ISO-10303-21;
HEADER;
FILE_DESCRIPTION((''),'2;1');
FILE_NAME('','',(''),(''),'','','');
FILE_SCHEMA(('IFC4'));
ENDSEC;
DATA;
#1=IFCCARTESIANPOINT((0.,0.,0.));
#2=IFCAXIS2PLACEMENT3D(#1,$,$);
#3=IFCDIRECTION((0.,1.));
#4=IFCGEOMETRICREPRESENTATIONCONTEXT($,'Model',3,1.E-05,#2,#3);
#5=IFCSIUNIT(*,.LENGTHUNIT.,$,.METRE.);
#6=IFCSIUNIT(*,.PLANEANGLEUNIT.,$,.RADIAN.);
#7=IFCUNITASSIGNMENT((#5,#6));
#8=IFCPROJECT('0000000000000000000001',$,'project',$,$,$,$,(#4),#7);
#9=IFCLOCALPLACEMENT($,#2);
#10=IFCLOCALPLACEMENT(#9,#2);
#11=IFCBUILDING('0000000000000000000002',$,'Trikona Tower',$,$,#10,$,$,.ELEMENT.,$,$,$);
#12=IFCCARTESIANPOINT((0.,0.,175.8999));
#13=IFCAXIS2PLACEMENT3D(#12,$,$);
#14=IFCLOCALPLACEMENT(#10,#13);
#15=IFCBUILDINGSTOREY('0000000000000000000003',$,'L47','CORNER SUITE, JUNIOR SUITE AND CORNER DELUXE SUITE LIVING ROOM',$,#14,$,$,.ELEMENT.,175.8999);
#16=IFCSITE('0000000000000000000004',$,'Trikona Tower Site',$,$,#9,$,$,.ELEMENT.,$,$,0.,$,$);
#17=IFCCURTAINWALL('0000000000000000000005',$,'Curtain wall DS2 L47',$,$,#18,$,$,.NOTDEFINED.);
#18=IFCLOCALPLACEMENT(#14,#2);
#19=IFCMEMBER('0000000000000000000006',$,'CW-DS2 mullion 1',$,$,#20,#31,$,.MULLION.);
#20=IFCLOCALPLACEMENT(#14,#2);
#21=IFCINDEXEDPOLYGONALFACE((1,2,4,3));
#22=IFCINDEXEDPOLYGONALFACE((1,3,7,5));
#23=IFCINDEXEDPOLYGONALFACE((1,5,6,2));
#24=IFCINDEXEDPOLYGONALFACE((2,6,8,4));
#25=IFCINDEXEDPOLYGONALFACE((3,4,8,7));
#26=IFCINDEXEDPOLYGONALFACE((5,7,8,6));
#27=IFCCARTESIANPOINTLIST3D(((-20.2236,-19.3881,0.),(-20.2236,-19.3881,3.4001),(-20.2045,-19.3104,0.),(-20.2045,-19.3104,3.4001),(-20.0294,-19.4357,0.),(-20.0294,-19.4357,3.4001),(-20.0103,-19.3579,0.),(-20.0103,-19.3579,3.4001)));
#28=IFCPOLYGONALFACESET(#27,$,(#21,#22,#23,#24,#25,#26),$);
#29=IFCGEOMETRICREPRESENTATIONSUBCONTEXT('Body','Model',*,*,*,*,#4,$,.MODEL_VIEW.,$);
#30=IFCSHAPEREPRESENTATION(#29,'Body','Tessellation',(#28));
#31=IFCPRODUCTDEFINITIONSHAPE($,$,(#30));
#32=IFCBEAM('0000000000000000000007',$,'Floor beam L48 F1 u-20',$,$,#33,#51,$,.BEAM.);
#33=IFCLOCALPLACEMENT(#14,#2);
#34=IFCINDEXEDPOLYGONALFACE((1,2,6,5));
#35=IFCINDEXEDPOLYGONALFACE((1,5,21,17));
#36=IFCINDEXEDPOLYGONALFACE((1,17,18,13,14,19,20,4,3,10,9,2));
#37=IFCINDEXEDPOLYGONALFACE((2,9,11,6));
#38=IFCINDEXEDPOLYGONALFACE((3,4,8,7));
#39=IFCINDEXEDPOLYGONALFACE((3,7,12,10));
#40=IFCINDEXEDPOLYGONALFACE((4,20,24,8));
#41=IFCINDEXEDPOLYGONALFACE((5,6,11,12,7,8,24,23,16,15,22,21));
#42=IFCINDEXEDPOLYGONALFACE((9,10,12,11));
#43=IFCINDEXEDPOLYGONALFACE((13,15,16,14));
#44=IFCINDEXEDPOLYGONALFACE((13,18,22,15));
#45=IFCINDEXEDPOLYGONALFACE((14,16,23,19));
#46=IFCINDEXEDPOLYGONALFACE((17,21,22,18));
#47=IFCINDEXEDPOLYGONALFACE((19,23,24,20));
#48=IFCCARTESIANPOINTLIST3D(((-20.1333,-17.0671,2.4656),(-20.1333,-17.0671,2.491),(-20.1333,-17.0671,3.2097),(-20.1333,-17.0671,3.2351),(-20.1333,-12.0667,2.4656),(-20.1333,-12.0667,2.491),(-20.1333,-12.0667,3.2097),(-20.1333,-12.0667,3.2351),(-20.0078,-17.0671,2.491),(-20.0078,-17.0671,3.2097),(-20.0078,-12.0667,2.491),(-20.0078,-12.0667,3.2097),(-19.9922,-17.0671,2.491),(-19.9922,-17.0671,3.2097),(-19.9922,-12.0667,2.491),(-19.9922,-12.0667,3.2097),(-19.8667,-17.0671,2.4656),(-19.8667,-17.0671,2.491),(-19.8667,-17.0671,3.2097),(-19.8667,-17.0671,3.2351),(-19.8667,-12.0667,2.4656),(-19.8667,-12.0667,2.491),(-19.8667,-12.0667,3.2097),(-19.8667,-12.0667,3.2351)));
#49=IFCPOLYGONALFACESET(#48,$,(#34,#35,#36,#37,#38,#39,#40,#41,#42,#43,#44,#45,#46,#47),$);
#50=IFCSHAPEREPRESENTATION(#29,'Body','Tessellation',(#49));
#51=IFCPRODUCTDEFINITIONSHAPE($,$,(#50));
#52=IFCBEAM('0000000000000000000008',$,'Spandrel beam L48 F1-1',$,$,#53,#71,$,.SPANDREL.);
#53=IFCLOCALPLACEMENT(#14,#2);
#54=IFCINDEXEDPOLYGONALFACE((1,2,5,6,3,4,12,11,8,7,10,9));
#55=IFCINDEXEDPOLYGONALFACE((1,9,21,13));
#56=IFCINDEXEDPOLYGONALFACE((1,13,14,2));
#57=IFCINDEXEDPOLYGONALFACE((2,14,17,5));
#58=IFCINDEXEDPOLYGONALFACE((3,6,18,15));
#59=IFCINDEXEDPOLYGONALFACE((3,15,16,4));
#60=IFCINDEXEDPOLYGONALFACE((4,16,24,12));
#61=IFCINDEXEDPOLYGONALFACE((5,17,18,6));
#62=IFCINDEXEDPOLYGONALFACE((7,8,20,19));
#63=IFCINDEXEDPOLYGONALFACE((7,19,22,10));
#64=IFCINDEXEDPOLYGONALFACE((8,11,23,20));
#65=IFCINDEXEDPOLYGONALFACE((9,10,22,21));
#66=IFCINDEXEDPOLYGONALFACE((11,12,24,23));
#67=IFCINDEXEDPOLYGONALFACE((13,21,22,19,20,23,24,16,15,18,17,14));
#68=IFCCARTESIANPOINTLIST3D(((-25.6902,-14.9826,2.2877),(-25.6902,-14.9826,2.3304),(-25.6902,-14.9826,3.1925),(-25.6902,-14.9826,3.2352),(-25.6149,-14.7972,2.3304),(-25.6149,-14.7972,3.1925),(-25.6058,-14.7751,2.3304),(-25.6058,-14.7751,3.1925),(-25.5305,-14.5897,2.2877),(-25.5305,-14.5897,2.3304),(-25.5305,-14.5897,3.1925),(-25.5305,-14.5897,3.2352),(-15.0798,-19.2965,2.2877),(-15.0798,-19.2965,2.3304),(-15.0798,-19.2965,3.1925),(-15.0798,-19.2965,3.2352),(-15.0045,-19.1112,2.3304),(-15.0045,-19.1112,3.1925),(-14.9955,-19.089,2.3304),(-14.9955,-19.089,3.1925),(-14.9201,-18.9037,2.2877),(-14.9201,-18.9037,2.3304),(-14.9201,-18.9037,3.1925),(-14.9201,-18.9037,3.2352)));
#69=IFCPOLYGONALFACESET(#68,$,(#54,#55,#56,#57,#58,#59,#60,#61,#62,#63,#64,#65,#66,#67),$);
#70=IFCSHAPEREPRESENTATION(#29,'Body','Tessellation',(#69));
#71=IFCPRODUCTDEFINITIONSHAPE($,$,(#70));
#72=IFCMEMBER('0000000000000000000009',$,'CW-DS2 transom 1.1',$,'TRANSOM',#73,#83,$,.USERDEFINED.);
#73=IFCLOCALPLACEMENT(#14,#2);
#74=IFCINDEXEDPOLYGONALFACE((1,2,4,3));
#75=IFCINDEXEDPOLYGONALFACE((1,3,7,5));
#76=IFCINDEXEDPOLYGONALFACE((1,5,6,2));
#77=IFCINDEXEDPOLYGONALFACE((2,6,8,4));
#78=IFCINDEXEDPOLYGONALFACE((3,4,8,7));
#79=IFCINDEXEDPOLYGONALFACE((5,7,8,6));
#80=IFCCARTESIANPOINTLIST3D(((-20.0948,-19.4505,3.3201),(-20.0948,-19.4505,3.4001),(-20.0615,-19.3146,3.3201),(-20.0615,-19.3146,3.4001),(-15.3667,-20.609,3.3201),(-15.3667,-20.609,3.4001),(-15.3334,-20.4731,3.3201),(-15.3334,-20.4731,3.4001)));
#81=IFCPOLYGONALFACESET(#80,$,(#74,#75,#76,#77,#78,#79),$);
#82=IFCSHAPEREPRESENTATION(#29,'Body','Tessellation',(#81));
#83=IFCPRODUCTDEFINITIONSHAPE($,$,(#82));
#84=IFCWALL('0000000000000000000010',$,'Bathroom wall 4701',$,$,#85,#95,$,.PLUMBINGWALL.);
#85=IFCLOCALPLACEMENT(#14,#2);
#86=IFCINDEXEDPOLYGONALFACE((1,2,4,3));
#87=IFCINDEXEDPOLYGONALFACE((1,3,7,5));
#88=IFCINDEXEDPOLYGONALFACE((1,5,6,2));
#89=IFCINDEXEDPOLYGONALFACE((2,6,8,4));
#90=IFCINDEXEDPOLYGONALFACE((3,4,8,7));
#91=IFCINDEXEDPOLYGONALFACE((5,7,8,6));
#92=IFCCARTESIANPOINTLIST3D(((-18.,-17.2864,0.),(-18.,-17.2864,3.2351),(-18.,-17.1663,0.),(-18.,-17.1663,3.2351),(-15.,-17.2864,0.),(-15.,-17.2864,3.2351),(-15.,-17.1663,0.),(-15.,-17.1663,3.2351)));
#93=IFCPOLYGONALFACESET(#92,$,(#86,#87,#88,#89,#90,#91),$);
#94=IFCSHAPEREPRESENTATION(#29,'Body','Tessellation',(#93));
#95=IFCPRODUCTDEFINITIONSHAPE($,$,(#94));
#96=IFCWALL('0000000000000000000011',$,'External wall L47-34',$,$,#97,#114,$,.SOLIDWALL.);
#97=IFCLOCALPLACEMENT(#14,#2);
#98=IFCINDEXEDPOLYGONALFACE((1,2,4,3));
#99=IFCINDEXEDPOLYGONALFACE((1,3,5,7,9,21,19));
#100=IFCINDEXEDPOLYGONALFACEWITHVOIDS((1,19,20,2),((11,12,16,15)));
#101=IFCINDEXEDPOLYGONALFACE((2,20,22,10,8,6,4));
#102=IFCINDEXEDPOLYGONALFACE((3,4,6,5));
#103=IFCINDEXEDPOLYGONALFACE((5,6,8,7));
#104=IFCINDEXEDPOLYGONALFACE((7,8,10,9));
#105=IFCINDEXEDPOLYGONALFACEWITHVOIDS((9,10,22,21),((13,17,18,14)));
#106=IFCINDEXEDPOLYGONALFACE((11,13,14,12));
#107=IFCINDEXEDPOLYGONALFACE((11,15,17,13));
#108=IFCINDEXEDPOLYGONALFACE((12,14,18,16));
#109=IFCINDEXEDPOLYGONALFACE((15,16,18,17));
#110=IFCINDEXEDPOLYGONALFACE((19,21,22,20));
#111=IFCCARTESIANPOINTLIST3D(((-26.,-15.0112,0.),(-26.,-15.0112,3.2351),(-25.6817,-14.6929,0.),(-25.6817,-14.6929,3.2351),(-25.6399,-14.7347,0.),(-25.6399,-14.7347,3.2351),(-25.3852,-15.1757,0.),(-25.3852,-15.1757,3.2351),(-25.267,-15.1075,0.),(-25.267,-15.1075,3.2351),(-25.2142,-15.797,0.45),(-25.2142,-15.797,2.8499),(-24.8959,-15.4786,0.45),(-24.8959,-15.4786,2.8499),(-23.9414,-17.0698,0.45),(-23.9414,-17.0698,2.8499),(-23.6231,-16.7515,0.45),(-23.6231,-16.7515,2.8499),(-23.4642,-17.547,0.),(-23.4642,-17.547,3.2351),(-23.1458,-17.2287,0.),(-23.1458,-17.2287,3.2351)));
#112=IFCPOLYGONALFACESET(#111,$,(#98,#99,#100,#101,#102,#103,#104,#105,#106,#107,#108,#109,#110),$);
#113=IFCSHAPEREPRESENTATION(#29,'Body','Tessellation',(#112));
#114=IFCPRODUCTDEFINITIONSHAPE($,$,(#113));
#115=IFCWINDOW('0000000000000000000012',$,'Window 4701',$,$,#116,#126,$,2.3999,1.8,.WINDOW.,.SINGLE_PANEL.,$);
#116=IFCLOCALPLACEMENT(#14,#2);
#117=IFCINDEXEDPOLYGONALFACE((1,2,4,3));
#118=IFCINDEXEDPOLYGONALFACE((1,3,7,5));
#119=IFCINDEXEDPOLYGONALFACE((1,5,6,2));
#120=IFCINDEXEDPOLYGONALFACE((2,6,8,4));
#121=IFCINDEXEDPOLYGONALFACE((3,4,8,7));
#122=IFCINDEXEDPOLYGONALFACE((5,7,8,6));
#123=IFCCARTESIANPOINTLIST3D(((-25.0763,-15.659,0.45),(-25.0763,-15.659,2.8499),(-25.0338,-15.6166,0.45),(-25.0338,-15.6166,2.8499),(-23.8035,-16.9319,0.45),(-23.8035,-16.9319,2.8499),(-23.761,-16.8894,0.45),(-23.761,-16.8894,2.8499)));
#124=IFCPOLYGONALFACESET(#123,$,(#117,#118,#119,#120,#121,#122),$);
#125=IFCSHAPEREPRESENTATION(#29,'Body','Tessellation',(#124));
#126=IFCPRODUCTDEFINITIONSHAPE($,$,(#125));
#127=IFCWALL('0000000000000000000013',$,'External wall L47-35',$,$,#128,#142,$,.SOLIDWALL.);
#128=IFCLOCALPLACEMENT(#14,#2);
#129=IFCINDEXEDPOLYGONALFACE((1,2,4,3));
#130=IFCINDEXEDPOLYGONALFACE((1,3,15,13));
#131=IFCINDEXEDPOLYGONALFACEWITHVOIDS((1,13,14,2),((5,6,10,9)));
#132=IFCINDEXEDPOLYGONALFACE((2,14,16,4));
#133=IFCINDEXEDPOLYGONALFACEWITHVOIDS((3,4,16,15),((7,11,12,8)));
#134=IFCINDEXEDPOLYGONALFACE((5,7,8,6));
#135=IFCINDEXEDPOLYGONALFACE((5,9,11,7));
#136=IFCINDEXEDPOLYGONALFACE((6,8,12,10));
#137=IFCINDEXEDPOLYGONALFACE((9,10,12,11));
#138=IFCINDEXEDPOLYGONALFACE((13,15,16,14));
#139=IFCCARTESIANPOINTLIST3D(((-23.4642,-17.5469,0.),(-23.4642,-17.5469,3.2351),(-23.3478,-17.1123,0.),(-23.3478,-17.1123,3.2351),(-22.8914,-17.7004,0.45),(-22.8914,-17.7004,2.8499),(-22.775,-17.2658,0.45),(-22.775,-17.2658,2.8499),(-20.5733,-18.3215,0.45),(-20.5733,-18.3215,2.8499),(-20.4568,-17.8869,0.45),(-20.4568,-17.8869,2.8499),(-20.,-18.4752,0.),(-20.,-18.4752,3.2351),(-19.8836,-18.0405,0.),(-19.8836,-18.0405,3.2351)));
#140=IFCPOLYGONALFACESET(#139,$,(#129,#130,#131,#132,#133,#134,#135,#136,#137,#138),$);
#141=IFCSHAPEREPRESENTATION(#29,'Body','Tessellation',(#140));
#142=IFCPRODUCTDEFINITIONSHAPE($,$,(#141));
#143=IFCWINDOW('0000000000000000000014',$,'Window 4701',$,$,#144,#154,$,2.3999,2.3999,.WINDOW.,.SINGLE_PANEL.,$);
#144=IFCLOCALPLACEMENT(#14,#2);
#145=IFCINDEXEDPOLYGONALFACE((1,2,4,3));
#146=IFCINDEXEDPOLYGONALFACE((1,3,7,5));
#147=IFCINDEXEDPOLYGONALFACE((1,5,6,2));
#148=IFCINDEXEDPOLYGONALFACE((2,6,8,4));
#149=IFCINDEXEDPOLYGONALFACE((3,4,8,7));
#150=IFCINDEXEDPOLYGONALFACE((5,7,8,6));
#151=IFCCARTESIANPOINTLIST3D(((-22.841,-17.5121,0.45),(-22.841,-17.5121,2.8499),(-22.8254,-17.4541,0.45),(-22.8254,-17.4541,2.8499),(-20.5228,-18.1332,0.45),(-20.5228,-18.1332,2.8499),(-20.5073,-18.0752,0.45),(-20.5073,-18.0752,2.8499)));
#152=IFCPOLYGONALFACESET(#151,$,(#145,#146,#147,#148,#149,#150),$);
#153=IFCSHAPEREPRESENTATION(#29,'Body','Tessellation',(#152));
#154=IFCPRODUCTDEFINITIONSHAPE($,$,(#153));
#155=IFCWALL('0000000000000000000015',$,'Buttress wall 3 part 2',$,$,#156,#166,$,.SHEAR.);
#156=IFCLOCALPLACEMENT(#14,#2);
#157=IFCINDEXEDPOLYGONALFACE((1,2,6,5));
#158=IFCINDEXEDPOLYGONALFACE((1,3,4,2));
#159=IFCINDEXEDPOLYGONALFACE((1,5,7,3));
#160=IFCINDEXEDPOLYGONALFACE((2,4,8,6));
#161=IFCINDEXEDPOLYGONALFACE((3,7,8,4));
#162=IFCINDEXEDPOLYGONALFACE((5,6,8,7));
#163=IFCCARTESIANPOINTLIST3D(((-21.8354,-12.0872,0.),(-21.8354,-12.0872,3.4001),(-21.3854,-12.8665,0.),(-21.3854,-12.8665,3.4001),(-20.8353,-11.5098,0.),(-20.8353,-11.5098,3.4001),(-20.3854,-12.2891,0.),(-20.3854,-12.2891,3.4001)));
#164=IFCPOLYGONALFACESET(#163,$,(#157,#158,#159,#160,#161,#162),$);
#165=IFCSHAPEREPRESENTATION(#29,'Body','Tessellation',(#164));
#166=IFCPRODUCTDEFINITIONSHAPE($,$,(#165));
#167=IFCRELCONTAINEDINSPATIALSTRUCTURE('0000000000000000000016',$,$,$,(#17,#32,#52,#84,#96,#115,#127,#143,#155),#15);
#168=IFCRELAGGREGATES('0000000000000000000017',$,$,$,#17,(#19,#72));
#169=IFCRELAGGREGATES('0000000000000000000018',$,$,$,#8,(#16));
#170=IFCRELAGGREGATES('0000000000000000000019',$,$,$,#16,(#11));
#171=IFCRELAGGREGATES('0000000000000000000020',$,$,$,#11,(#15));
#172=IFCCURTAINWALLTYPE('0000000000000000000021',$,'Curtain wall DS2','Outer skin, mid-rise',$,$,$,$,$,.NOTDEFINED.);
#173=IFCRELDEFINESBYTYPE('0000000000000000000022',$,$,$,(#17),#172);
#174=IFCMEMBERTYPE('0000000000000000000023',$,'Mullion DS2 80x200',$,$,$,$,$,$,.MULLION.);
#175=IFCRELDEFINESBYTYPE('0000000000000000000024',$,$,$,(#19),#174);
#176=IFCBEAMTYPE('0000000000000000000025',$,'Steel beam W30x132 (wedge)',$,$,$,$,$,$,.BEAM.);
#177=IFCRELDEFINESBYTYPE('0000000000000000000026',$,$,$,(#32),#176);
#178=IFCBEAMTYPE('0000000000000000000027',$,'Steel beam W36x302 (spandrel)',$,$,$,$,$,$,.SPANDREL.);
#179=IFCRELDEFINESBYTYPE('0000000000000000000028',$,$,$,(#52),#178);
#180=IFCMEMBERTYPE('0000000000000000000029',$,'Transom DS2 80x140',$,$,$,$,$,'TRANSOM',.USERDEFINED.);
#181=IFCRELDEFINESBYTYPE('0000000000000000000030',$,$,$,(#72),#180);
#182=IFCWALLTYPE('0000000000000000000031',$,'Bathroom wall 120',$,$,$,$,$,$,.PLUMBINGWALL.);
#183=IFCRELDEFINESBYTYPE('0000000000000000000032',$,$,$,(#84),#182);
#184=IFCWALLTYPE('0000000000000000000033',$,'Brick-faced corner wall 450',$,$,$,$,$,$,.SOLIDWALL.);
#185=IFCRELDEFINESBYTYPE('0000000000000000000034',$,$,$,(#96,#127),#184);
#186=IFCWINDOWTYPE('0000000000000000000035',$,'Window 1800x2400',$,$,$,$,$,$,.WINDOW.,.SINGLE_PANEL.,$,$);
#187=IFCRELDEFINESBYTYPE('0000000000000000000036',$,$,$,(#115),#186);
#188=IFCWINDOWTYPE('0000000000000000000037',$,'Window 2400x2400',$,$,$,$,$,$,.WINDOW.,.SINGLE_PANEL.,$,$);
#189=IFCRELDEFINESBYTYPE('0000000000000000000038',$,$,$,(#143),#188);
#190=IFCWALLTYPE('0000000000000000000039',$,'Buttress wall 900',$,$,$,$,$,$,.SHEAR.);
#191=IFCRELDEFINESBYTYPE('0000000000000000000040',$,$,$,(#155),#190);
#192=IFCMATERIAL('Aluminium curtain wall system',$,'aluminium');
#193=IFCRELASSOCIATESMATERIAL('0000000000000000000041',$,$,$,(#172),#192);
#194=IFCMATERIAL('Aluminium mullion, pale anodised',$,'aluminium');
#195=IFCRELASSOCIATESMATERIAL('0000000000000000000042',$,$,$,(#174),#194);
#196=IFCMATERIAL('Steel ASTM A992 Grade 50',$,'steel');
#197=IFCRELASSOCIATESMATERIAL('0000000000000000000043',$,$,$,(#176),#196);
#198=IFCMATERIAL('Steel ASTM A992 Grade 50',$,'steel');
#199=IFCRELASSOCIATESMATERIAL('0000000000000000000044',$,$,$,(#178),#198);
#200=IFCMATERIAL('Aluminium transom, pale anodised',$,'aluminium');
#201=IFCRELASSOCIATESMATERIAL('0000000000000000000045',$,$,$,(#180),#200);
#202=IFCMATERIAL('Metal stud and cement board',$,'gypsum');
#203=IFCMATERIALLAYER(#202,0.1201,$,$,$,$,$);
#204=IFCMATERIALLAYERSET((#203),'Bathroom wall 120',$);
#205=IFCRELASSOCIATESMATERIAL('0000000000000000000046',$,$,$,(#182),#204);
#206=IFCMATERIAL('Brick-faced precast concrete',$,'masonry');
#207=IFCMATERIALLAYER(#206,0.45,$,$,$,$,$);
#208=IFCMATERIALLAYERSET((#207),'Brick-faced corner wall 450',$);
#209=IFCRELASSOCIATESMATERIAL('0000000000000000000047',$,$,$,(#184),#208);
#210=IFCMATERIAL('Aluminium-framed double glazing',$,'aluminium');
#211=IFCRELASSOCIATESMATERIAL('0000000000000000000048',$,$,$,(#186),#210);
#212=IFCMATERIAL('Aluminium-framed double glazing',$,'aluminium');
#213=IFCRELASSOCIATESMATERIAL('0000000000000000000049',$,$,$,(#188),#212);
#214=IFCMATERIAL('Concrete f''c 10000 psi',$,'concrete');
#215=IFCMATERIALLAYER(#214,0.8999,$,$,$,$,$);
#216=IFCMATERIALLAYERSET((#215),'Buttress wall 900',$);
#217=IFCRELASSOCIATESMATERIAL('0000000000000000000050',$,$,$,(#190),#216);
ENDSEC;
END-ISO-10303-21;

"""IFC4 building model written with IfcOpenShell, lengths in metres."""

from ifc_helpers import new_model, si_unit, direction, frame, frame_2d, origin, origin_2d, place, context, subcontext, project, spatial, polyline, rectangle, i_section, outline, extrude, material, layer, layer_set, material_profile, profile_set, type_object, element, fill, aggregate, save


model = new_model("IFC4")

# Units and contexts
model_context = context("Model", 3, precision=1e-05, world=origin(), true_north=direction((0.0, 1.0)))
body_context = subcontext(model_context, "Body", "Model", "MODEL_VIEW")
ifc_project = project(units=[si_unit("LENGTHUNIT", "METRE"), si_unit("PLANEANGLEUNIT", "RADIAN")], contexts=[model_context])

# Site, building, storey
site_placement = place(None, origin())
site = spatial("IfcSite", under=ifc_project, at=site_placement, Name="Trikona Tower Site", CompositionType="ELEMENT", RefElevation=0.0)
building_placement = place(site_placement, origin())
building = spatial("IfcBuilding", under=site, at=building_placement, Name="Trikona Tower", CompositionType="ELEMENT")
storey_placement = place(building_placement, frame((0.0, 0.0, 175.8999)))
storey = spatial("IfcBuildingStorey", under=building, at=storey_placement, Name="L47", Description="CORNER SUITE, JUNIOR SUITE AND CORNER DELUXE SUITE LIVING ROOM", CompositionType="ELEMENT", Elevation=175.8999)

# Curtain wall, member
ifc_material_1 = material(Name="Aluminium curtain wall system", Category="aluminium")
curtain_wall_type = type_object("IfcCurtainWallType", Name="Curtain wall DS2", Description="Outer skin, mid-rise", PredefinedType="NOTDEFINED", material=ifc_material_1)
curtain_wall_placement = place(storey_placement, origin())
curtain_wall = element("IfcCurtainWall", 1, at=curtain_wall_placement, inside=storey, type_object=curtain_wall_type, Name="Curtain wall DS2 L47", PredefinedType="NOTDEFINED")
ifc_material_2 = material(Name="Aluminium mullion, pale anodised", Category="aluminium")
ifc_material_profile_1 = material_profile(ifc_material_2, rectangle(XDim=0.0801, YDim=0.2, at=origin_2d()), Name="MUL-DS2")
ifc_profile_set_1 = profile_set([ifc_material_profile_1], Name="Aluminium mullion, pale anodised")
member_type_1 = type_object("IfcMemberType", Name="Mullion DS2 80x200", PredefinedType="MULLION", material=ifc_profile_set_1)
member_1_placement = place(storey_placement, frame((-20.1169, -19.373, 0.0), z_axis=(0.0, 0.0, 1.0), x_axis=(0.23797, 0.971272, 0.0)))
member_1 = element("IfcMember", 2, at=member_1_placement, type_object=member_type_1, Name="CW-DS2 mullion 1", PredefinedType="MULLION", context=body_context, shape_type="SweptSolid", body=[
    extrude(rectangle(XDim=0.0801, YDim=0.2, at=origin_2d()), origin(), (0.0, 0.0, 1.0), 3.4001),
])

# Beams
ifc_material_3 = material(Name="Steel ASTM A992 Grade 50", Category="steel")
ifc_material_profile_2 = material_profile(ifc_material_3, i_section(OverallWidth=0.2666, OverallDepth=0.7695, WebThickness=0.0156, FlangeThickness=0.0254, at=origin_2d()), Name="W30X132")
ifc_profile_set_2 = profile_set([ifc_material_profile_2], Name="Steel ASTM A992 Grade 50")
beam_type_1 = type_object("IfcBeamType", Name="Steel beam W30x132 (wedge)", PredefinedType="BEAM", material=ifc_profile_set_2)
beam_1_placement = place(storey_placement, frame((-20.0, -12.0667, 2.8503), z_axis=(0.0, -1.0, 0.0), x_axis=(1.0, 0.0, 0.0)))
element("IfcBeam", 3, at=beam_1_placement, inside=storey, type_object=beam_type_1, Name="Floor beam L48 F1 u-20", PredefinedType="BEAM", context=body_context, shape_type="SweptSolid", body=[
    extrude(i_section(OverallWidth=0.2666, OverallDepth=0.7695, WebThickness=0.0156, FlangeThickness=0.0254, at=origin_2d()), origin(), (0.0, 0.0, 1.0), 5.0005),
])
ifc_material_4 = material(Name="Steel ASTM A992 Grade 50", Category="steel")
ifc_material_profile_3 = material_profile(ifc_material_4, i_section(OverallWidth=0.4241, OverallDepth=0.9475, WebThickness=0.0239, FlangeThickness=0.0427, at=origin_2d()), Name="W36X302")
ifc_profile_set_3 = profile_set([ifc_material_profile_3], Name="Steel ASTM A992 Grade 50")
beam_type_2 = type_object("IfcBeamType", Name="Steel beam W36x302 (spandrel)", PredefinedType="SPANDREL", material=ifc_profile_set_3)
beam_2_placement = place(storey_placement, frame((-25.6104, -14.7861, 2.7615), z_axis=(0.92636, -0.37664, 0.0), x_axis=(0.37664, 0.92636, 0.0)))
element("IfcBeam", 4, at=beam_2_placement, inside=storey, type_object=beam_type_2, Name="Spandrel beam L48 F1-1", PredefinedType="SPANDREL", context=body_context, shape_type="SweptSolid", body=[
    extrude(i_section(OverallWidth=0.4241, OverallDepth=0.9475, WebThickness=0.0239, FlangeThickness=0.0427, at=origin_2d()), origin(), (0.0, 0.0, 1.0), 11.4539),
])

# Member
ifc_material_5 = material(Name="Aluminium transom, pale anodised", Category="aluminium")
ifc_material_profile_4 = material_profile(ifc_material_5, rectangle(XDim=0.1399, YDim=0.0801, at=origin_2d()), Name="TRN-DS2")
ifc_profile_set_4 = profile_set([ifc_material_profile_4], Name="Aluminium transom, pale anodised")
member_type_2 = type_object("IfcMemberType", Name="Transom DS2 80x140", ElementType="TRANSOM", PredefinedType="USERDEFINED", material=ifc_profile_set_4)
member_2_placement = place(storey_placement, frame((-20.0781, -19.3826, 3.3601), z_axis=(0.971271, -0.237978, 0.0), x_axis=(0.237978, 0.971271, 0.0)))
member_2 = element("IfcMember", 5, at=member_2_placement, type_object=member_type_2, Name="CW-DS2 transom 1.1", ObjectType="TRANSOM", PredefinedType="USERDEFINED", context=body_context, shape_type="SweptSolid", body=[
    extrude(rectangle(XDim=0.1399, YDim=0.0801, at=origin_2d()), origin(), (0.0, 0.0, 1.0), 4.8679),
])
aggregate(curtain_wall, [member_1, member_2])

# Wall
ifc_material_6 = material(Name="Metal stud and cement board", Category="gypsum")
ifc_layer_1 = layer(ifc_material_6, 0.1201)
ifc_layer_set_1 = layer_set([ifc_layer_1], Name="Bathroom wall 120")
wall_type_1 = type_object("IfcWallType", Name="Bathroom wall 120", PredefinedType="PLUMBINGWALL", material=ifc_layer_set_1)
wall_1_placement = place(storey_placement, frame((-18.0, -17.2263, 0.0), z_axis=(0.0, 0.0, 1.0), x_axis=(1.0, 0.0, 0.0)))
element("IfcWall", 6, at=wall_1_placement, inside=storey, type_object=wall_type_1, Name="Bathroom wall 4701", PredefinedType="PLUMBINGWALL", context=body_context, shape_type="SweptSolid", body=[
    extrude(rectangle(XDim=3.0, YDim=0.1201, at=frame_2d((1.5, 0.0))), origin(), (0.0, 0.0, 1.0), 3.2351),
])

# Walls, openings, windows
ifc_material_7 = material(Name="Brick-faced precast concrete", Category="masonry")
ifc_layer_2 = layer(ifc_material_7, 0.45)
ifc_layer_set_2 = layer_set([ifc_layer_2], Name="Brick-faced corner wall 450")
wall_type_2 = type_object("IfcWallType", Name="Brick-faced corner wall 450", PredefinedType="SOLIDWALL", material=ifc_layer_set_2)
wall_2_placement = place(storey_placement, frame((-25.8408, -14.8521, 0.0), z_axis=(0.0, 0.0, 1.0), x_axis=(0.707107, -0.707107, 0.0)))
wall_2 = element("IfcWall", 7, at=wall_2_placement, inside=storey, type_object=wall_type_2, Name="External wall L47-34", PredefinedType="SOLIDWALL", context=body_context, shape_type="SweptSolid", body=[
    extrude(outline(polyline([(3.5862, 0.2251), (0.5864, 0.2251), (0.551, 0.0933), (0.0591, 0.2251), (0.0, 0.2251), (0.0, -0.2251), (3.5862, -0.2251), (3.5862, 0.2251)])), origin(), (0.0, 0.0, 1.0), 3.2351),
])
opening_1_placement = place(wall_2_placement, frame((1.1113, 0.0, 0.45)))
opening_1 = element("IfcOpeningElement", 8, at=opening_1_placement, cuts=wall_2, PredefinedType="OPENING", context=body_context, shape_type="SweptSolid", body=[
    extrude(rectangle(XDim=1.8, YDim=2.3999, at=frame_2d((0.8999, 1.2))), frame((0.0, 0.2349, 0.0), z_axis=(0.0, -1.0, 0.0), x_axis=(1.0, 0.0, 0.0)), (0.0, 0.0, 1.0), 0.47),
])
ifc_material_8 = material(Name="Aluminium-framed double glazing", Category="aluminium")
window_type_1 = type_object("IfcWindowType", Name="Window 1800x2400", PartitioningType="SINGLE_PANEL", PredefinedType="WINDOW", material=ifc_material_8)
window_1_placement = place(opening_1_placement, origin())
window_1 = element("IfcWindow", 9, at=window_1_placement, inside=storey, type_object=window_type_1, Name="Window 4701", OverallHeight=2.3999, OverallWidth=1.8, PartitioningType="SINGLE_PANEL", PredefinedType="WINDOW", context=body_context, shape_type="SweptSolid", body=[
    extrude(rectangle(XDim=1.8, YDim=2.3999, at=frame_2d((0.8999, 1.2))), frame((0.0, 0.03, 0.0), z_axis=(0.0, -1.0, 0.0), x_axis=(1.0, 0.0, 0.0)), (0.0, 0.0, 1.0), 0.0601),
])
fill(opening_1, window_1)
wall_3_placement = place(storey_placement, frame((-23.406, -17.3296, 0.0), z_axis=(0.0, 0.0, 1.0), x_axis=(0.965925, -0.258823, 0.0)))
wall_3 = element("IfcWall", 10, at=wall_3_placement, inside=storey, type_object=wall_type_2, Name="External wall L47-35", PredefinedType="SOLIDWALL", context=body_context, shape_type="SweptSolid", body=[
    extrude(rectangle(XDim=3.5864, YDim=0.45, at=frame_2d((1.7932, 0.0))), origin(), (0.0, 0.0, 1.0), 3.2351),
])
opening_2_placement = place(wall_3_placement, frame((0.593, 0.0, 0.45)))
opening_2 = element("IfcOpeningElement", 11, at=opening_2_placement, cuts=wall_3, PredefinedType="OPENING", context=body_context, shape_type="SweptSolid", body=[
    extrude(rectangle(XDim=2.3999, YDim=2.3999, at=frame_2d((1.2, 1.2))), frame((0.0, 0.2349, 0.0), z_axis=(0.0, -1.0, 0.0), x_axis=(1.0, 0.0, 0.0)), (0.0, 0.0, 1.0), 0.47),
])
ifc_material_9 = material(Name="Aluminium-framed double glazing", Category="aluminium")
window_type_2 = type_object("IfcWindowType", Name="Window 2400x2400", PartitioningType="SINGLE_PANEL", PredefinedType="WINDOW", material=ifc_material_9)
window_2_placement = place(opening_2_placement, origin())
window_2 = element("IfcWindow", 12, at=window_2_placement, inside=storey, type_object=window_type_2, Name="Window 4701", OverallHeight=2.3999, OverallWidth=2.3999, PartitioningType="SINGLE_PANEL", PredefinedType="WINDOW", context=body_context, shape_type="SweptSolid", body=[
    extrude(rectangle(XDim=2.3999, YDim=2.3999, at=frame_2d((1.2, 1.2))), frame((0.0, 0.03, 0.0), z_axis=(0.0, -1.0, 0.0), x_axis=(1.0, 0.0, 0.0)), (0.0, 0.0, 1.0), 0.0601),
])
fill(opening_2, window_2)

# Wall
ifc_material_10 = material(Name="Concrete f'c 10000 psi", Category="concrete")
ifc_layer_3 = layer(ifc_material_10, 0.8999)
ifc_layer_set_3 = layer_set([ifc_layer_3], Name="Buttress wall 900")
wall_type_3 = type_object("IfcWallType", Name="Buttress wall 900", PredefinedType="SHEAR", material=ifc_layer_set_3)
wall_4_placement = place(storey_placement, frame((-20.6104, -11.8994, 0.0), z_axis=(0.0, 0.0, 1.0), x_axis=(-0.86601, -0.500027, 0.0)))
element("IfcWall", 13, at=wall_4_placement, inside=storey, type_object=wall_type_3, Name="Buttress wall 3 part 2", PredefinedType="SHEAR", context=body_context, shape_type="SweptSolid", body=[
    extrude(rectangle(XDim=1.1548, YDim=0.8999, at=frame_2d((0.5774, 0.0))), origin(), (0.0, 0.0, 1.0), 3.4001),
])

save(model, "model.ifc")
